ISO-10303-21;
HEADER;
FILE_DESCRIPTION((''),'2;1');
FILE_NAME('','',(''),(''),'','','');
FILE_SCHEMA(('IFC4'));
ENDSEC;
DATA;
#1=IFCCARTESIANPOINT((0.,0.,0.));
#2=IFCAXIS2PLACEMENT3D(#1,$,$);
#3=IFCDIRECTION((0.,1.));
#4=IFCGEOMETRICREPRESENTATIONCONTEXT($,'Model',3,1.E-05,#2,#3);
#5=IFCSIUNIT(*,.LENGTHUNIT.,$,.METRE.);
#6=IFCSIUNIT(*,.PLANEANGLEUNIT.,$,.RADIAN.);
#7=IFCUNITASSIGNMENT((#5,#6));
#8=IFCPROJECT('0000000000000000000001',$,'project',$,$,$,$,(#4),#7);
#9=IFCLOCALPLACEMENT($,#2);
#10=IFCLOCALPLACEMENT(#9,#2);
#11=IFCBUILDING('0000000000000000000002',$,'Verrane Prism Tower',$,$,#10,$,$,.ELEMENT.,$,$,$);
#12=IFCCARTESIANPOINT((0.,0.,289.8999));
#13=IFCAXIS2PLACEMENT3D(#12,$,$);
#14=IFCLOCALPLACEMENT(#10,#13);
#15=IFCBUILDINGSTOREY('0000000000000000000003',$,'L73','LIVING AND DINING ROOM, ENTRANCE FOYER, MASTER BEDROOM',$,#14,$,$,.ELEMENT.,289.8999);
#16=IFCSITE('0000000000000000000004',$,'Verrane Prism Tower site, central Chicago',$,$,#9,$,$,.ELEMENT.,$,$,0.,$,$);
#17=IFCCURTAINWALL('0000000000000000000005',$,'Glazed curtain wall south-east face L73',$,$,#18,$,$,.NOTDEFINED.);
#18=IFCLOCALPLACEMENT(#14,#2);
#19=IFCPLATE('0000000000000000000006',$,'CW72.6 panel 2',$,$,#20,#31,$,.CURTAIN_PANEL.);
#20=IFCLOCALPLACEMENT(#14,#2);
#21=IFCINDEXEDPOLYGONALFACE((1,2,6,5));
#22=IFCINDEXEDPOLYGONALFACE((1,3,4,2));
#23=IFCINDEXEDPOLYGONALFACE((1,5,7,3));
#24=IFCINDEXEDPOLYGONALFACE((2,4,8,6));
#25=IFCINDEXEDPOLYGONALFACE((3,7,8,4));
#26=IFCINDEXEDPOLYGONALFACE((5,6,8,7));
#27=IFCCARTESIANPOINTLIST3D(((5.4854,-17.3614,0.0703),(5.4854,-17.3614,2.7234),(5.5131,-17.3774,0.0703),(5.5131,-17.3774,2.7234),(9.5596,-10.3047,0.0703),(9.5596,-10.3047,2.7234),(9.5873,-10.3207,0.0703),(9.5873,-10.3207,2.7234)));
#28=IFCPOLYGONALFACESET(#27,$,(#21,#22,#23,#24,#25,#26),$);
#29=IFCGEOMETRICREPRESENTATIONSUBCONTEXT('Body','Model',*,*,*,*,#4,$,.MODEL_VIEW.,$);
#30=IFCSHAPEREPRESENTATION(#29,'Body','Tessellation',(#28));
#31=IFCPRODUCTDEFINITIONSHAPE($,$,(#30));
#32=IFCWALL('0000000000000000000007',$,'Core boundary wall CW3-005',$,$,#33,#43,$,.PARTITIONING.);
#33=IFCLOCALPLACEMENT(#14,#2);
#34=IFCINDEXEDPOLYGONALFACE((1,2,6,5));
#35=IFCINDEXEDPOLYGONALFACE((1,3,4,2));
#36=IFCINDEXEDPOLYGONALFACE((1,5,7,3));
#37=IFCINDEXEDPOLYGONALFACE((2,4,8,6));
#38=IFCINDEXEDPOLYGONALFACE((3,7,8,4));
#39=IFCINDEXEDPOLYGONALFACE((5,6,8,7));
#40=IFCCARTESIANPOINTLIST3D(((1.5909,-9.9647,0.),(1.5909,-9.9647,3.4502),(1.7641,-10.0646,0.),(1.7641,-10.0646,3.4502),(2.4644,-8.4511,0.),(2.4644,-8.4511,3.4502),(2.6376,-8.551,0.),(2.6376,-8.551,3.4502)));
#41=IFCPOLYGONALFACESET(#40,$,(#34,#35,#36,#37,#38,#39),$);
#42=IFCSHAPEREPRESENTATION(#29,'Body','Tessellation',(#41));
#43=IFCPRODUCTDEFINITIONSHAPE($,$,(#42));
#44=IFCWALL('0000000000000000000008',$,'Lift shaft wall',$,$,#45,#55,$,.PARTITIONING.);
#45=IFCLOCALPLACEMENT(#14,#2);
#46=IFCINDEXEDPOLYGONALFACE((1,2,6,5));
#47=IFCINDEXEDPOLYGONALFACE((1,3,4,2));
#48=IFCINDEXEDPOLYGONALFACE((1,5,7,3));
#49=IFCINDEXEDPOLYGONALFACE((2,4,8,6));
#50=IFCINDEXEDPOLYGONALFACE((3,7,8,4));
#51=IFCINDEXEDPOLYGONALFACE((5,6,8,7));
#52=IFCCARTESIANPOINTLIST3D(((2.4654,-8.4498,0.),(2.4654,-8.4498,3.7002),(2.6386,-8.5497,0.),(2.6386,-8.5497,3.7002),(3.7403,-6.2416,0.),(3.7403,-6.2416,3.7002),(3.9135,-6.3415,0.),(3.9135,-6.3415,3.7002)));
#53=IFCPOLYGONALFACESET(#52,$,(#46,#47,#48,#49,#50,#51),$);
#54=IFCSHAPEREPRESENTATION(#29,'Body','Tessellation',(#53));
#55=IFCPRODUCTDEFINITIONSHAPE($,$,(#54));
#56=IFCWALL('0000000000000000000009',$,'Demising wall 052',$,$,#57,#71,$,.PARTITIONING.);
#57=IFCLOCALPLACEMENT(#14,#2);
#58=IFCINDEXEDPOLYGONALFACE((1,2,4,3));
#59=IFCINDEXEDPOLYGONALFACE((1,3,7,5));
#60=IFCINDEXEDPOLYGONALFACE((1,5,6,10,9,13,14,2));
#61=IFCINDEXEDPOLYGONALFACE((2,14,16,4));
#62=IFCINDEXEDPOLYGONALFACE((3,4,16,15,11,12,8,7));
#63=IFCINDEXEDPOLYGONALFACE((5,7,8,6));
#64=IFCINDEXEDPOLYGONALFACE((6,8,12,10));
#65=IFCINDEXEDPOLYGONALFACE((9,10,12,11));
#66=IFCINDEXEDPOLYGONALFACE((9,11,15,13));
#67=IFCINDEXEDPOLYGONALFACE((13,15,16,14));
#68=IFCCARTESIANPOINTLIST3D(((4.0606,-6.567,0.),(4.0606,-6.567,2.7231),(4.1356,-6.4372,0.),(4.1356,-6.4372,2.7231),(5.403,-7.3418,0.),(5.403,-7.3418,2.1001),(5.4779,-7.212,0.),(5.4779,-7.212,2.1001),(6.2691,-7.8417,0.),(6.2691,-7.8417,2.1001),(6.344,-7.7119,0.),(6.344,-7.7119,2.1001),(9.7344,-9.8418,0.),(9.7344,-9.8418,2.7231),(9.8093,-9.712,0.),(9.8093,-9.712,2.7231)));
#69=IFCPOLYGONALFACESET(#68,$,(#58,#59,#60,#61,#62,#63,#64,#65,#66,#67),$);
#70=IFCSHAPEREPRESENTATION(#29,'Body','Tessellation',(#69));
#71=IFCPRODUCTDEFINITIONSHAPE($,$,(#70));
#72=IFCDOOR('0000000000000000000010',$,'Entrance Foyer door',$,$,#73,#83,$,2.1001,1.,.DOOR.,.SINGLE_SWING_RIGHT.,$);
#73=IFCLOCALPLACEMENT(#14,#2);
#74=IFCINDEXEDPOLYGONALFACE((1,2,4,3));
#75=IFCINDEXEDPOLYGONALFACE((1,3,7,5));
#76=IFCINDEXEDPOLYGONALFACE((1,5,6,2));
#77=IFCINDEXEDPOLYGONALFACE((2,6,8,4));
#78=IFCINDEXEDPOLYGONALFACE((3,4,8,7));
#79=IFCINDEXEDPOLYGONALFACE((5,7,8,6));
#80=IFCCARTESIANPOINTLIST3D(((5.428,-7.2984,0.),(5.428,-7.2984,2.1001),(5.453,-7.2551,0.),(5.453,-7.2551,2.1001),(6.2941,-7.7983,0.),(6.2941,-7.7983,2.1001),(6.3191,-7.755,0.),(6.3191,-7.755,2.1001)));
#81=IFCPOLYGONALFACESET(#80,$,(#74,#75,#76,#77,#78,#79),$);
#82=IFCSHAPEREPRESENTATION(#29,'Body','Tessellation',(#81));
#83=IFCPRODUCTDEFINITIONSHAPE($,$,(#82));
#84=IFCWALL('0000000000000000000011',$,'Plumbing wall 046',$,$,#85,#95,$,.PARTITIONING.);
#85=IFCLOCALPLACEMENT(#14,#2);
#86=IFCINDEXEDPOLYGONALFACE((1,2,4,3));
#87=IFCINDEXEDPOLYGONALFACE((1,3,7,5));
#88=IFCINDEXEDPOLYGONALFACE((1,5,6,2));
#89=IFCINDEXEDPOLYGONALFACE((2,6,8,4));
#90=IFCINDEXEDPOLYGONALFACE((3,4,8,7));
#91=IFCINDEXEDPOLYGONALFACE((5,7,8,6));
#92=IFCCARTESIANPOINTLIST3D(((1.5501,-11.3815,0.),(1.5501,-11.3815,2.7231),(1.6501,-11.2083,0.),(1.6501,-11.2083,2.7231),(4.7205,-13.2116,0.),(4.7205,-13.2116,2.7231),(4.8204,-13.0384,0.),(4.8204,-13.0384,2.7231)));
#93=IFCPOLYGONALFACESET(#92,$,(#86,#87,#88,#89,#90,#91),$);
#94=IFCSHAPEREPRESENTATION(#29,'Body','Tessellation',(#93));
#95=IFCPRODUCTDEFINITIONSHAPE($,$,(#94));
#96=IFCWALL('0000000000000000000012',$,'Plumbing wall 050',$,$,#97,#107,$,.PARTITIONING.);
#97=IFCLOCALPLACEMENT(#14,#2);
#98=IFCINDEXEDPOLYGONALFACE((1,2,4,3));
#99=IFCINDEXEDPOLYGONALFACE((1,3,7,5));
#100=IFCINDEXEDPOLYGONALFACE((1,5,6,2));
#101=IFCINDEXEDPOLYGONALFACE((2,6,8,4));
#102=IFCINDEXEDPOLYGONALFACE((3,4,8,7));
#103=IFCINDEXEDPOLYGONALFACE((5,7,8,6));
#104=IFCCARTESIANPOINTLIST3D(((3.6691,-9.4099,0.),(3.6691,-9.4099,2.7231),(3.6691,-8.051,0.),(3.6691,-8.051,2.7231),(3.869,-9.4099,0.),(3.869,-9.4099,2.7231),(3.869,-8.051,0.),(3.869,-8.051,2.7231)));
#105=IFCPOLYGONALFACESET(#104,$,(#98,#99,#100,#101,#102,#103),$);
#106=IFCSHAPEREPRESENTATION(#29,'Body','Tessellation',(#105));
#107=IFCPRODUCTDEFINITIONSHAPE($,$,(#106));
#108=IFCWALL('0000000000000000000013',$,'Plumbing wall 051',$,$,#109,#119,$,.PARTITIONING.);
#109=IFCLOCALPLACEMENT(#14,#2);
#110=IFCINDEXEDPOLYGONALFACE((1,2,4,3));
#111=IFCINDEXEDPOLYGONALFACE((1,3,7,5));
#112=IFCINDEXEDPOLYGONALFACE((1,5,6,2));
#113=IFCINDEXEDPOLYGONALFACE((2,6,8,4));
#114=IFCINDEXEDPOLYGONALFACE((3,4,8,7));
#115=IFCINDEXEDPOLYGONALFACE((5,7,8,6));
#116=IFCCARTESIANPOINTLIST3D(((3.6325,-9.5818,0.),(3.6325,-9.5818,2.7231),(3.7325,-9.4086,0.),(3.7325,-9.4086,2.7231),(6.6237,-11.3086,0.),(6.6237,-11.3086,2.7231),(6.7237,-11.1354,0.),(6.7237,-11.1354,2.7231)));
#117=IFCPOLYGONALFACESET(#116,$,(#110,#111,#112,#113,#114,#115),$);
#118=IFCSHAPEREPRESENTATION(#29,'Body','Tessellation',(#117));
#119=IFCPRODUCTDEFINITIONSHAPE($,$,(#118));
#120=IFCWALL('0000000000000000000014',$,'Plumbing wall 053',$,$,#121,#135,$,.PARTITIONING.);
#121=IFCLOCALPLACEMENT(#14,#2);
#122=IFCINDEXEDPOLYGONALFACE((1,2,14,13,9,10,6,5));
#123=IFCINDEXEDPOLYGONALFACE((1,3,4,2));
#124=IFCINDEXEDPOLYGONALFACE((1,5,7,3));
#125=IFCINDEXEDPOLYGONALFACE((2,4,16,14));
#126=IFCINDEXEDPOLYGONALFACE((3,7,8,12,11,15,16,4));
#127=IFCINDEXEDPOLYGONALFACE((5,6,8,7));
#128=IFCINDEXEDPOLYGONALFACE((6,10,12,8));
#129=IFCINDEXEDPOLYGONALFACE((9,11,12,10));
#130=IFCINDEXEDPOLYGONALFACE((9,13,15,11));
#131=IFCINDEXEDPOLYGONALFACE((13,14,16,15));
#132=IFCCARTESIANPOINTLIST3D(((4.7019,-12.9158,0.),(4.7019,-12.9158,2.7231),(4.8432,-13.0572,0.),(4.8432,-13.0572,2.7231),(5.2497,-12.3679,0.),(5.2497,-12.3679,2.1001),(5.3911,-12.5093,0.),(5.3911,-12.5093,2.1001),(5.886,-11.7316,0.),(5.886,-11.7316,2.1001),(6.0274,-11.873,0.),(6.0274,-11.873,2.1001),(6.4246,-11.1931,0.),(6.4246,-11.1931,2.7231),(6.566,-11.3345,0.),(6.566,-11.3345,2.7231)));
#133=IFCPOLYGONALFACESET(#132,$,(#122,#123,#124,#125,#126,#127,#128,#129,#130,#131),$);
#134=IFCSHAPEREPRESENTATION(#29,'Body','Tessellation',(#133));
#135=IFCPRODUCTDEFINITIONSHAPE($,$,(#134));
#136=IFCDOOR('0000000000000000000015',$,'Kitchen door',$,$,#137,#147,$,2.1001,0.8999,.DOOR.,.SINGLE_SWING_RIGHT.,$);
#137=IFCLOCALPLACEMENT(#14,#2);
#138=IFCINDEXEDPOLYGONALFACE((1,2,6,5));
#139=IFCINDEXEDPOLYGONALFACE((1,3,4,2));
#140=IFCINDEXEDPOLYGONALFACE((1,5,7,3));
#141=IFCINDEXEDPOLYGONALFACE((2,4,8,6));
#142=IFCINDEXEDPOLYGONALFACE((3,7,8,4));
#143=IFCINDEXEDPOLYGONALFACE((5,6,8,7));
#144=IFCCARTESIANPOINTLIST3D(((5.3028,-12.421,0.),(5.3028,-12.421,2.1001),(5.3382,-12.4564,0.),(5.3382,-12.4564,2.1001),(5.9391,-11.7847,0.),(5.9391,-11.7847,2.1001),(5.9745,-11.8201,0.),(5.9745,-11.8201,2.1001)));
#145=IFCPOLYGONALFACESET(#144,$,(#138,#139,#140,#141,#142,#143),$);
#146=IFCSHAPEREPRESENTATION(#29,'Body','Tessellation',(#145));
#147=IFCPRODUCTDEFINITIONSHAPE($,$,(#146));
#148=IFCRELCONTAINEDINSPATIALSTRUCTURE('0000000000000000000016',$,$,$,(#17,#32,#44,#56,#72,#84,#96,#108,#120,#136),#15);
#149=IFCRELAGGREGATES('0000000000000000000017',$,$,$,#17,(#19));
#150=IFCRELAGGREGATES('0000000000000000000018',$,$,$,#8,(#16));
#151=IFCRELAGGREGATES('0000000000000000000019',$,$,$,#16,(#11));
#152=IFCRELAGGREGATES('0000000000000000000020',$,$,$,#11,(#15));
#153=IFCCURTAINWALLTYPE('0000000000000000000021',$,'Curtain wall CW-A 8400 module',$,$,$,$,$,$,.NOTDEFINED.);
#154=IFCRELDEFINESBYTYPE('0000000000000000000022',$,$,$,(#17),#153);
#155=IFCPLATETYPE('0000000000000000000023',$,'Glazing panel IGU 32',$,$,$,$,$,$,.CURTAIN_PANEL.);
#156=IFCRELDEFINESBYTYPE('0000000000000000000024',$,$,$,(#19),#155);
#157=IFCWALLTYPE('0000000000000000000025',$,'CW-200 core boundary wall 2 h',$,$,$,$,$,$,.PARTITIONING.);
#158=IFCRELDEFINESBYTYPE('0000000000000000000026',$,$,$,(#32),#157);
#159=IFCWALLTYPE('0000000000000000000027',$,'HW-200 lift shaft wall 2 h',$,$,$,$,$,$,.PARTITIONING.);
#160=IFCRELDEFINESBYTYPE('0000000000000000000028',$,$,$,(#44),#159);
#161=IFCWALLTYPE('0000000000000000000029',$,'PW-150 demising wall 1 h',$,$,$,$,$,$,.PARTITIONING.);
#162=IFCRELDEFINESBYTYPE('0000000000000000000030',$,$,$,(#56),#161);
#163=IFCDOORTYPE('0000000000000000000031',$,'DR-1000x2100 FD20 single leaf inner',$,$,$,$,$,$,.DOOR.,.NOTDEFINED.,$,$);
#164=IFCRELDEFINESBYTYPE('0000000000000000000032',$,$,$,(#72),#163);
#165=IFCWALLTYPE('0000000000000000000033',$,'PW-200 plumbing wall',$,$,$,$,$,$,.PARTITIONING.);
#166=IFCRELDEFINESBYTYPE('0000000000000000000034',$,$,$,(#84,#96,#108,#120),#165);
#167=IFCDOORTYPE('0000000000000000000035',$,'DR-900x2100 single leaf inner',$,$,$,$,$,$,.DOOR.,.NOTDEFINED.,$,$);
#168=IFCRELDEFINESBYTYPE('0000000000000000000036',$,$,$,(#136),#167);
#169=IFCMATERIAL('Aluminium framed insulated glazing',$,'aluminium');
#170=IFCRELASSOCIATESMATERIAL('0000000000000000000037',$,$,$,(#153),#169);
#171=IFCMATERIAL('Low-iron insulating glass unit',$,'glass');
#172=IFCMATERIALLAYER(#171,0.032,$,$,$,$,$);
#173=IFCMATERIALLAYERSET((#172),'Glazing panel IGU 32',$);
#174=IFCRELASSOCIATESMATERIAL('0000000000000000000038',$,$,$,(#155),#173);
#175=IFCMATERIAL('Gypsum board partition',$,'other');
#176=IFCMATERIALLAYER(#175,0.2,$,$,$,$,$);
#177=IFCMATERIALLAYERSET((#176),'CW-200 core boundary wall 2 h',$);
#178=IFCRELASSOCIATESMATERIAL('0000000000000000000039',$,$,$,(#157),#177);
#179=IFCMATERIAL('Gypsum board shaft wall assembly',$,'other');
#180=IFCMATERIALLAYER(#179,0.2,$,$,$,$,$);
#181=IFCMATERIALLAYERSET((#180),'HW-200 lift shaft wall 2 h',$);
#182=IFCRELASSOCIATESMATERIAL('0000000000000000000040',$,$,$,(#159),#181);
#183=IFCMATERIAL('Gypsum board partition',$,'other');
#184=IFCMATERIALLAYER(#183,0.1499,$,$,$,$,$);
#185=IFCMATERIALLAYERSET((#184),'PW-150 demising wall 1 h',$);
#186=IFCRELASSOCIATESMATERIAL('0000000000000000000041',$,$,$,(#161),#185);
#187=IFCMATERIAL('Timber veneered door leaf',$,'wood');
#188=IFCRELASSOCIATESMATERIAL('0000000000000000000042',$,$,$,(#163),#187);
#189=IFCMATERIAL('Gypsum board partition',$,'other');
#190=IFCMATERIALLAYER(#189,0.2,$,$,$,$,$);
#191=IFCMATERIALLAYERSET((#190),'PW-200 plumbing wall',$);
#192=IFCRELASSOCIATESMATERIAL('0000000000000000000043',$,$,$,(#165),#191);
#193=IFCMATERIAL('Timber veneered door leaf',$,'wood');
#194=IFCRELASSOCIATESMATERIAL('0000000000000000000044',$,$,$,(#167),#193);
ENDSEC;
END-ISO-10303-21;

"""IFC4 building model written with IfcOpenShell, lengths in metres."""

from ifc_helpers import new_model, si_unit, direction, frame, frame_2d, origin, origin_2d, place, context, subcontext, project, spatial, rectangle, extrude, material, layer, layer_set, type_object, element, fill, aggregate, save


model = new_model("IFC4")

# Units and contexts
model_context = context("Model", 3, precision=1e-05, world=origin(), true_north=direction((0.0, 1.0)))
body_context = subcontext(model_context, "Body", "Model", "MODEL_VIEW")
ifc_project = project(units=[si_unit("LENGTHUNIT", "METRE"), si_unit("PLANEANGLEUNIT", "RADIAN")], contexts=[model_context])

# Site, building, storey
site_placement = place(None, origin())
site = spatial("IfcSite", under=ifc_project, at=site_placement, Name="Verrane Prism Tower site, central Chicago", CompositionType="ELEMENT", RefElevation=0.0)
building_placement = place(site_placement, origin())
building = spatial("IfcBuilding", under=site, at=building_placement, Name="Verrane Prism Tower", CompositionType="ELEMENT")
storey_placement = place(building_placement, frame((0.0, 0.0, 289.8999)))
storey = spatial("IfcBuildingStorey", under=building, at=storey_placement, Name="L73", Description="LIVING AND DINING ROOM, ENTRANCE FOYER, MASTER BEDROOM", CompositionType="ELEMENT", Elevation=289.8999)

# Curtain wall
ifc_material_1 = material(Name="Aluminium framed insulated glazing", Category="aluminium")
curtain_wall_type = type_object("IfcCurtainWallType", Name="Curtain wall CW-A 8400 module", PredefinedType="NOTDEFINED", material=ifc_material_1)
curtain_wall_placement = place(storey_placement, origin())
curtain_wall = element("IfcCurtainWall", 1, at=curtain_wall_placement, inside=storey, type_object=curtain_wall_type, Name="Glazed curtain wall south-east face L73", PredefinedType="NOTDEFINED")

# Plate
ifc_material_2 = material(Name="Low-iron insulating glass unit", Category="glass")
ifc_layer_1 = layer(ifc_material_2, 0.032)
ifc_layer_set_1 = layer_set([ifc_layer_1], Name="Glazing panel IGU 32")
plate_type = type_object("IfcPlateType", Name="Glazing panel IGU 32", PredefinedType="CURTAIN_PANEL", material=ifc_layer_set_1)
plate_placement = place(storey_placement, frame((7.5364, -13.8411, 0.0703), z_axis=(0.0, 0.0, 1.0), x_axis=(0.500001, 0.866025, 0.0)))
plate = element("IfcPlate", 2, at=plate_placement, type_object=plate_type, Name="CW72.6 panel 2", PredefinedType="CURTAIN_PANEL", context=body_context, shape_type="SweptSolid", body=[
    extrude(rectangle(XDim=8.1484, YDim=0.032, at=origin_2d()), origin(), (0.0, 0.0, 1.0), 2.6531),
])
aggregate(curtain_wall, [plate])

# Walls
ifc_material_3 = material(Name="Gypsum board partition", Category="other")
ifc_layer_2 = layer(ifc_material_3, 0.2)
ifc_layer_set_2 = layer_set([ifc_layer_2], Name="CW-200 core boundary wall 2 h")
wall_type_1 = type_object("IfcWallType", Name="CW-200 core boundary wall 2 h", PredefinedType="PARTITIONING", material=ifc_layer_set_2)
wall_1_placement = place(storey_placement, frame((1.6775, -10.0146, 0.0), z_axis=(0.0, 0.0, 1.0), x_axis=(0.499835, 0.86612, 0.0)))
element("IfcWall", 3, at=wall_1_placement, inside=storey, type_object=wall_type_1, Name="Core boundary wall CW3-005", PredefinedType="PARTITIONING", context=body_context, shape_type="SweptSolid", body=[
    extrude(rectangle(XDim=1.7476, YDim=0.2, at=frame_2d((0.8738, 0.0))), origin(), (0.0, 0.0, 1.0), 3.4502),
])
ifc_material_4 = material(Name="Gypsum board shaft wall assembly", Category="other")
ifc_layer_3 = layer(ifc_material_4, 0.2)
ifc_layer_set_3 = layer_set([ifc_layer_3], Name="HW-200 lift shaft wall 2 h")
wall_type_2 = type_object("IfcWallType", Name="HW-200 lift shaft wall 2 h", PredefinedType="PARTITIONING", material=ifc_layer_set_3)
wall_2_placement = place(storey_placement, frame((2.552, -8.4998, 0.0), z_axis=(0.0, 0.0, 1.0), x_axis=(0.49999, 0.866031, 0.0)))
element("IfcWall", 4, at=wall_2_placement, inside=storey, type_object=wall_type_2, Name="Lift shaft wall", PredefinedType="PARTITIONING", context=body_context, shape_type="SweptSolid", body=[
    extrude(rectangle(XDim=2.5498, YDim=0.2, at=frame_2d((1.2749, 0.0))), origin(), (0.0, 0.0, 1.0), 3.7002),
])

# Wall, opening, door
ifc_material_5 = material(Name="Gypsum board partition", Category="other")
ifc_layer_4 = layer(ifc_material_5, 0.1499)
ifc_layer_set_4 = layer_set([ifc_layer_4], Name="PW-150 demising wall 1 h")
wall_type_3 = type_object("IfcWallType", Name="PW-150 demising wall 1 h", PredefinedType="PARTITIONING", material=ifc_layer_set_4)
wall_3_placement = place(storey_placement, frame((9.7717, -9.7769, 0.0), z_axis=(0.0, 0.0, 1.0), x_axis=(-0.866084, 0.499899, 0.0)))
wall_3 = element("IfcWall", 5, at=wall_3_placement, inside=storey, type_object=wall_type_3, Name="Demising wall 052", PredefinedType="PARTITIONING", context=body_context, shape_type="SweptSolid", body=[
    extrude(rectangle(XDim=6.551, YDim=0.1499, at=frame_2d((3.2754, 0.0))), origin(), (0.0, 0.0, 1.0), 2.7231),
])
opening_1_placement = place(wall_3_placement, frame((4.001, 0.0, 0.0)))
opening_1 = element("IfcOpeningElement", 6, at=opening_1_placement, cuts=wall_3, PredefinedType="OPENING", context=body_context, shape_type="SweptSolid", body=[
    extrude(rectangle(XDim=1.0, YDim=2.1001, at=frame_2d((0.5, 1.05))), frame((0.0, 0.085, 0.0), z_axis=(0.0, -1.0, 0.0), x_axis=(1.0, 0.0, 0.0)), (0.0, 0.0, 1.0), 0.1699),
])
ifc_material_6 = material(Name="Timber veneered door leaf", Category="wood")
door_type_1 = type_object("IfcDoorType", Name="DR-1000x2100 FD20 single leaf inner", OperationType="NOTDEFINED", PredefinedType="DOOR", material=ifc_material_6)
door_1_placement = place(opening_1_placement, origin())
door_1 = element("IfcDoor", 7, at=door_1_placement, inside=storey, type_object=door_type_1, Name="Entrance Foyer door", OperationType="SINGLE_SWING_RIGHT", OverallHeight=2.1001, OverallWidth=1.0, PredefinedType="DOOR", context=body_context, shape_type="SweptSolid", body=[
    extrude(rectangle(XDim=1.0, YDim=2.1001, at=frame_2d((0.5, 1.05))), frame((0.0, 0.0249, 0.0), z_axis=(0.0, -1.0, 0.0), x_axis=(1.0, 0.0, 0.0)), (0.0, 0.0, 1.0), 0.05),
])
fill(opening_1, door_1)

# Walls
ifc_material_7 = material(Name="Gypsum board partition", Category="other")
ifc_layer_5 = layer(ifc_material_7, 0.2)
ifc_layer_set_5 = layer_set([ifc_layer_5], Name="PW-200 plumbing wall")
wall_type_4 = type_object("IfcWallType", Name="PW-200 plumbing wall", PredefinedType="PARTITIONING", material=ifc_layer_set_5)
wall_4_placement = place(storey_placement, frame((1.6001, -11.2949, 0.0), z_axis=(0.0, 0.0, 1.0), x_axis=(0.866068, -0.499926, 0.0)))
element("IfcWall", 8, at=wall_4_placement, inside=storey, type_object=wall_type_4, Name="Plumbing wall 046", PredefinedType="PARTITIONING", context=body_context, shape_type="SweptSolid", body=[
    extrude(rectangle(XDim=3.6606, YDim=0.2, at=frame_2d((1.8303, 0.0))), origin(), (0.0, 0.0, 1.0), 2.7231),
])
wall_5_placement = place(storey_placement, frame((3.769, -9.4099, 0.0), z_axis=(0.0, 0.0, 1.0), x_axis=(0.0, 1.0, 0.0)))
element("IfcWall", 9, at=wall_5_placement, inside=storey, type_object=wall_type_4, Name="Plumbing wall 050", PredefinedType="PARTITIONING", context=body_context, shape_type="SweptSolid", body=[
    extrude(rectangle(XDim=1.3589, YDim=0.2, at=frame_2d((0.6794, 0.0))), origin(), (0.0, 0.0, 1.0), 2.7231),
])
wall_6_placement = place(storey_placement, frame((3.6824, -9.4951, 0.0), z_axis=(0.0, 0.0, 1.0), x_axis=(0.866047, -0.499963, 0.0)))
element("IfcWall", 10, at=wall_6_placement, inside=storey, type_object=wall_type_4, Name="Plumbing wall 051", PredefinedType="PARTITIONING", context=body_context, shape_type="SweptSolid", body=[
    extrude(rectangle(XDim=3.4539, YDim=0.2, at=frame_2d((1.7271, 0.0))), origin(), (0.0, 0.0, 1.0), 2.7231),
])

# Wall, opening, door
wall_7_placement = place(storey_placement, frame((4.7725, -12.9866, 0.0), z_axis=(0.0, 0.0, 1.0), x_axis=(0.707107, 0.707107, 0.0)))
wall_7 = element("IfcWall", 11, at=wall_7_placement, inside=storey, type_object=wall_type_4, Name="Plumbing wall 053", PredefinedType="PARTITIONING", context=body_context, shape_type="SweptSolid", body=[
    extrude(rectangle(XDim=2.4363, YDim=0.2, at=frame_2d((1.2183, 0.0))), origin(), (0.0, 0.0, 1.0), 2.7231),
])
opening_2_placement = place(wall_7_placement, frame((0.7749, 0.0, 0.0)))
opening_2 = element("IfcOpeningElement", 12, at=opening_2_placement, cuts=wall_7, PredefinedType="OPENING", context=body_context, shape_type="SweptSolid", body=[
    extrude(rectangle(XDim=0.8999, YDim=2.1001, at=frame_2d((0.45, 1.05))), frame((0.0, 0.1099, 0.0), z_axis=(0.0, -1.0, 0.0), x_axis=(1.0, 0.0, 0.0)), (0.0, 0.0, 1.0), 0.22),
])
ifc_material_8 = material(Name="Timber veneered door leaf", Category="wood")
door_type_2 = type_object("IfcDoorType", Name="DR-900x2100 single leaf inner", OperationType="NOTDEFINED", PredefinedType="DOOR", material=ifc_material_8)
door_2_placement = place(opening_2_placement, origin())
door_2 = element("IfcDoor", 13, at=door_2_placement, inside=storey, type_object=door_type_2, Name="Kitchen door", OperationType="SINGLE_SWING_RIGHT", OverallHeight=2.1001, OverallWidth=0.8999, PredefinedType="DOOR", context=body_context, shape_type="SweptSolid", body=[
    extrude(rectangle(XDim=0.8999, YDim=2.1001, at=frame_2d((0.45, 1.05))), frame((0.0, 0.0249, 0.0), z_axis=(0.0, -1.0, 0.0), x_axis=(1.0, 0.0, 0.0)), (0.0, 0.0, 1.0), 0.05),
])
fill(opening_2, door_2)

save(model, "model.ifc")
